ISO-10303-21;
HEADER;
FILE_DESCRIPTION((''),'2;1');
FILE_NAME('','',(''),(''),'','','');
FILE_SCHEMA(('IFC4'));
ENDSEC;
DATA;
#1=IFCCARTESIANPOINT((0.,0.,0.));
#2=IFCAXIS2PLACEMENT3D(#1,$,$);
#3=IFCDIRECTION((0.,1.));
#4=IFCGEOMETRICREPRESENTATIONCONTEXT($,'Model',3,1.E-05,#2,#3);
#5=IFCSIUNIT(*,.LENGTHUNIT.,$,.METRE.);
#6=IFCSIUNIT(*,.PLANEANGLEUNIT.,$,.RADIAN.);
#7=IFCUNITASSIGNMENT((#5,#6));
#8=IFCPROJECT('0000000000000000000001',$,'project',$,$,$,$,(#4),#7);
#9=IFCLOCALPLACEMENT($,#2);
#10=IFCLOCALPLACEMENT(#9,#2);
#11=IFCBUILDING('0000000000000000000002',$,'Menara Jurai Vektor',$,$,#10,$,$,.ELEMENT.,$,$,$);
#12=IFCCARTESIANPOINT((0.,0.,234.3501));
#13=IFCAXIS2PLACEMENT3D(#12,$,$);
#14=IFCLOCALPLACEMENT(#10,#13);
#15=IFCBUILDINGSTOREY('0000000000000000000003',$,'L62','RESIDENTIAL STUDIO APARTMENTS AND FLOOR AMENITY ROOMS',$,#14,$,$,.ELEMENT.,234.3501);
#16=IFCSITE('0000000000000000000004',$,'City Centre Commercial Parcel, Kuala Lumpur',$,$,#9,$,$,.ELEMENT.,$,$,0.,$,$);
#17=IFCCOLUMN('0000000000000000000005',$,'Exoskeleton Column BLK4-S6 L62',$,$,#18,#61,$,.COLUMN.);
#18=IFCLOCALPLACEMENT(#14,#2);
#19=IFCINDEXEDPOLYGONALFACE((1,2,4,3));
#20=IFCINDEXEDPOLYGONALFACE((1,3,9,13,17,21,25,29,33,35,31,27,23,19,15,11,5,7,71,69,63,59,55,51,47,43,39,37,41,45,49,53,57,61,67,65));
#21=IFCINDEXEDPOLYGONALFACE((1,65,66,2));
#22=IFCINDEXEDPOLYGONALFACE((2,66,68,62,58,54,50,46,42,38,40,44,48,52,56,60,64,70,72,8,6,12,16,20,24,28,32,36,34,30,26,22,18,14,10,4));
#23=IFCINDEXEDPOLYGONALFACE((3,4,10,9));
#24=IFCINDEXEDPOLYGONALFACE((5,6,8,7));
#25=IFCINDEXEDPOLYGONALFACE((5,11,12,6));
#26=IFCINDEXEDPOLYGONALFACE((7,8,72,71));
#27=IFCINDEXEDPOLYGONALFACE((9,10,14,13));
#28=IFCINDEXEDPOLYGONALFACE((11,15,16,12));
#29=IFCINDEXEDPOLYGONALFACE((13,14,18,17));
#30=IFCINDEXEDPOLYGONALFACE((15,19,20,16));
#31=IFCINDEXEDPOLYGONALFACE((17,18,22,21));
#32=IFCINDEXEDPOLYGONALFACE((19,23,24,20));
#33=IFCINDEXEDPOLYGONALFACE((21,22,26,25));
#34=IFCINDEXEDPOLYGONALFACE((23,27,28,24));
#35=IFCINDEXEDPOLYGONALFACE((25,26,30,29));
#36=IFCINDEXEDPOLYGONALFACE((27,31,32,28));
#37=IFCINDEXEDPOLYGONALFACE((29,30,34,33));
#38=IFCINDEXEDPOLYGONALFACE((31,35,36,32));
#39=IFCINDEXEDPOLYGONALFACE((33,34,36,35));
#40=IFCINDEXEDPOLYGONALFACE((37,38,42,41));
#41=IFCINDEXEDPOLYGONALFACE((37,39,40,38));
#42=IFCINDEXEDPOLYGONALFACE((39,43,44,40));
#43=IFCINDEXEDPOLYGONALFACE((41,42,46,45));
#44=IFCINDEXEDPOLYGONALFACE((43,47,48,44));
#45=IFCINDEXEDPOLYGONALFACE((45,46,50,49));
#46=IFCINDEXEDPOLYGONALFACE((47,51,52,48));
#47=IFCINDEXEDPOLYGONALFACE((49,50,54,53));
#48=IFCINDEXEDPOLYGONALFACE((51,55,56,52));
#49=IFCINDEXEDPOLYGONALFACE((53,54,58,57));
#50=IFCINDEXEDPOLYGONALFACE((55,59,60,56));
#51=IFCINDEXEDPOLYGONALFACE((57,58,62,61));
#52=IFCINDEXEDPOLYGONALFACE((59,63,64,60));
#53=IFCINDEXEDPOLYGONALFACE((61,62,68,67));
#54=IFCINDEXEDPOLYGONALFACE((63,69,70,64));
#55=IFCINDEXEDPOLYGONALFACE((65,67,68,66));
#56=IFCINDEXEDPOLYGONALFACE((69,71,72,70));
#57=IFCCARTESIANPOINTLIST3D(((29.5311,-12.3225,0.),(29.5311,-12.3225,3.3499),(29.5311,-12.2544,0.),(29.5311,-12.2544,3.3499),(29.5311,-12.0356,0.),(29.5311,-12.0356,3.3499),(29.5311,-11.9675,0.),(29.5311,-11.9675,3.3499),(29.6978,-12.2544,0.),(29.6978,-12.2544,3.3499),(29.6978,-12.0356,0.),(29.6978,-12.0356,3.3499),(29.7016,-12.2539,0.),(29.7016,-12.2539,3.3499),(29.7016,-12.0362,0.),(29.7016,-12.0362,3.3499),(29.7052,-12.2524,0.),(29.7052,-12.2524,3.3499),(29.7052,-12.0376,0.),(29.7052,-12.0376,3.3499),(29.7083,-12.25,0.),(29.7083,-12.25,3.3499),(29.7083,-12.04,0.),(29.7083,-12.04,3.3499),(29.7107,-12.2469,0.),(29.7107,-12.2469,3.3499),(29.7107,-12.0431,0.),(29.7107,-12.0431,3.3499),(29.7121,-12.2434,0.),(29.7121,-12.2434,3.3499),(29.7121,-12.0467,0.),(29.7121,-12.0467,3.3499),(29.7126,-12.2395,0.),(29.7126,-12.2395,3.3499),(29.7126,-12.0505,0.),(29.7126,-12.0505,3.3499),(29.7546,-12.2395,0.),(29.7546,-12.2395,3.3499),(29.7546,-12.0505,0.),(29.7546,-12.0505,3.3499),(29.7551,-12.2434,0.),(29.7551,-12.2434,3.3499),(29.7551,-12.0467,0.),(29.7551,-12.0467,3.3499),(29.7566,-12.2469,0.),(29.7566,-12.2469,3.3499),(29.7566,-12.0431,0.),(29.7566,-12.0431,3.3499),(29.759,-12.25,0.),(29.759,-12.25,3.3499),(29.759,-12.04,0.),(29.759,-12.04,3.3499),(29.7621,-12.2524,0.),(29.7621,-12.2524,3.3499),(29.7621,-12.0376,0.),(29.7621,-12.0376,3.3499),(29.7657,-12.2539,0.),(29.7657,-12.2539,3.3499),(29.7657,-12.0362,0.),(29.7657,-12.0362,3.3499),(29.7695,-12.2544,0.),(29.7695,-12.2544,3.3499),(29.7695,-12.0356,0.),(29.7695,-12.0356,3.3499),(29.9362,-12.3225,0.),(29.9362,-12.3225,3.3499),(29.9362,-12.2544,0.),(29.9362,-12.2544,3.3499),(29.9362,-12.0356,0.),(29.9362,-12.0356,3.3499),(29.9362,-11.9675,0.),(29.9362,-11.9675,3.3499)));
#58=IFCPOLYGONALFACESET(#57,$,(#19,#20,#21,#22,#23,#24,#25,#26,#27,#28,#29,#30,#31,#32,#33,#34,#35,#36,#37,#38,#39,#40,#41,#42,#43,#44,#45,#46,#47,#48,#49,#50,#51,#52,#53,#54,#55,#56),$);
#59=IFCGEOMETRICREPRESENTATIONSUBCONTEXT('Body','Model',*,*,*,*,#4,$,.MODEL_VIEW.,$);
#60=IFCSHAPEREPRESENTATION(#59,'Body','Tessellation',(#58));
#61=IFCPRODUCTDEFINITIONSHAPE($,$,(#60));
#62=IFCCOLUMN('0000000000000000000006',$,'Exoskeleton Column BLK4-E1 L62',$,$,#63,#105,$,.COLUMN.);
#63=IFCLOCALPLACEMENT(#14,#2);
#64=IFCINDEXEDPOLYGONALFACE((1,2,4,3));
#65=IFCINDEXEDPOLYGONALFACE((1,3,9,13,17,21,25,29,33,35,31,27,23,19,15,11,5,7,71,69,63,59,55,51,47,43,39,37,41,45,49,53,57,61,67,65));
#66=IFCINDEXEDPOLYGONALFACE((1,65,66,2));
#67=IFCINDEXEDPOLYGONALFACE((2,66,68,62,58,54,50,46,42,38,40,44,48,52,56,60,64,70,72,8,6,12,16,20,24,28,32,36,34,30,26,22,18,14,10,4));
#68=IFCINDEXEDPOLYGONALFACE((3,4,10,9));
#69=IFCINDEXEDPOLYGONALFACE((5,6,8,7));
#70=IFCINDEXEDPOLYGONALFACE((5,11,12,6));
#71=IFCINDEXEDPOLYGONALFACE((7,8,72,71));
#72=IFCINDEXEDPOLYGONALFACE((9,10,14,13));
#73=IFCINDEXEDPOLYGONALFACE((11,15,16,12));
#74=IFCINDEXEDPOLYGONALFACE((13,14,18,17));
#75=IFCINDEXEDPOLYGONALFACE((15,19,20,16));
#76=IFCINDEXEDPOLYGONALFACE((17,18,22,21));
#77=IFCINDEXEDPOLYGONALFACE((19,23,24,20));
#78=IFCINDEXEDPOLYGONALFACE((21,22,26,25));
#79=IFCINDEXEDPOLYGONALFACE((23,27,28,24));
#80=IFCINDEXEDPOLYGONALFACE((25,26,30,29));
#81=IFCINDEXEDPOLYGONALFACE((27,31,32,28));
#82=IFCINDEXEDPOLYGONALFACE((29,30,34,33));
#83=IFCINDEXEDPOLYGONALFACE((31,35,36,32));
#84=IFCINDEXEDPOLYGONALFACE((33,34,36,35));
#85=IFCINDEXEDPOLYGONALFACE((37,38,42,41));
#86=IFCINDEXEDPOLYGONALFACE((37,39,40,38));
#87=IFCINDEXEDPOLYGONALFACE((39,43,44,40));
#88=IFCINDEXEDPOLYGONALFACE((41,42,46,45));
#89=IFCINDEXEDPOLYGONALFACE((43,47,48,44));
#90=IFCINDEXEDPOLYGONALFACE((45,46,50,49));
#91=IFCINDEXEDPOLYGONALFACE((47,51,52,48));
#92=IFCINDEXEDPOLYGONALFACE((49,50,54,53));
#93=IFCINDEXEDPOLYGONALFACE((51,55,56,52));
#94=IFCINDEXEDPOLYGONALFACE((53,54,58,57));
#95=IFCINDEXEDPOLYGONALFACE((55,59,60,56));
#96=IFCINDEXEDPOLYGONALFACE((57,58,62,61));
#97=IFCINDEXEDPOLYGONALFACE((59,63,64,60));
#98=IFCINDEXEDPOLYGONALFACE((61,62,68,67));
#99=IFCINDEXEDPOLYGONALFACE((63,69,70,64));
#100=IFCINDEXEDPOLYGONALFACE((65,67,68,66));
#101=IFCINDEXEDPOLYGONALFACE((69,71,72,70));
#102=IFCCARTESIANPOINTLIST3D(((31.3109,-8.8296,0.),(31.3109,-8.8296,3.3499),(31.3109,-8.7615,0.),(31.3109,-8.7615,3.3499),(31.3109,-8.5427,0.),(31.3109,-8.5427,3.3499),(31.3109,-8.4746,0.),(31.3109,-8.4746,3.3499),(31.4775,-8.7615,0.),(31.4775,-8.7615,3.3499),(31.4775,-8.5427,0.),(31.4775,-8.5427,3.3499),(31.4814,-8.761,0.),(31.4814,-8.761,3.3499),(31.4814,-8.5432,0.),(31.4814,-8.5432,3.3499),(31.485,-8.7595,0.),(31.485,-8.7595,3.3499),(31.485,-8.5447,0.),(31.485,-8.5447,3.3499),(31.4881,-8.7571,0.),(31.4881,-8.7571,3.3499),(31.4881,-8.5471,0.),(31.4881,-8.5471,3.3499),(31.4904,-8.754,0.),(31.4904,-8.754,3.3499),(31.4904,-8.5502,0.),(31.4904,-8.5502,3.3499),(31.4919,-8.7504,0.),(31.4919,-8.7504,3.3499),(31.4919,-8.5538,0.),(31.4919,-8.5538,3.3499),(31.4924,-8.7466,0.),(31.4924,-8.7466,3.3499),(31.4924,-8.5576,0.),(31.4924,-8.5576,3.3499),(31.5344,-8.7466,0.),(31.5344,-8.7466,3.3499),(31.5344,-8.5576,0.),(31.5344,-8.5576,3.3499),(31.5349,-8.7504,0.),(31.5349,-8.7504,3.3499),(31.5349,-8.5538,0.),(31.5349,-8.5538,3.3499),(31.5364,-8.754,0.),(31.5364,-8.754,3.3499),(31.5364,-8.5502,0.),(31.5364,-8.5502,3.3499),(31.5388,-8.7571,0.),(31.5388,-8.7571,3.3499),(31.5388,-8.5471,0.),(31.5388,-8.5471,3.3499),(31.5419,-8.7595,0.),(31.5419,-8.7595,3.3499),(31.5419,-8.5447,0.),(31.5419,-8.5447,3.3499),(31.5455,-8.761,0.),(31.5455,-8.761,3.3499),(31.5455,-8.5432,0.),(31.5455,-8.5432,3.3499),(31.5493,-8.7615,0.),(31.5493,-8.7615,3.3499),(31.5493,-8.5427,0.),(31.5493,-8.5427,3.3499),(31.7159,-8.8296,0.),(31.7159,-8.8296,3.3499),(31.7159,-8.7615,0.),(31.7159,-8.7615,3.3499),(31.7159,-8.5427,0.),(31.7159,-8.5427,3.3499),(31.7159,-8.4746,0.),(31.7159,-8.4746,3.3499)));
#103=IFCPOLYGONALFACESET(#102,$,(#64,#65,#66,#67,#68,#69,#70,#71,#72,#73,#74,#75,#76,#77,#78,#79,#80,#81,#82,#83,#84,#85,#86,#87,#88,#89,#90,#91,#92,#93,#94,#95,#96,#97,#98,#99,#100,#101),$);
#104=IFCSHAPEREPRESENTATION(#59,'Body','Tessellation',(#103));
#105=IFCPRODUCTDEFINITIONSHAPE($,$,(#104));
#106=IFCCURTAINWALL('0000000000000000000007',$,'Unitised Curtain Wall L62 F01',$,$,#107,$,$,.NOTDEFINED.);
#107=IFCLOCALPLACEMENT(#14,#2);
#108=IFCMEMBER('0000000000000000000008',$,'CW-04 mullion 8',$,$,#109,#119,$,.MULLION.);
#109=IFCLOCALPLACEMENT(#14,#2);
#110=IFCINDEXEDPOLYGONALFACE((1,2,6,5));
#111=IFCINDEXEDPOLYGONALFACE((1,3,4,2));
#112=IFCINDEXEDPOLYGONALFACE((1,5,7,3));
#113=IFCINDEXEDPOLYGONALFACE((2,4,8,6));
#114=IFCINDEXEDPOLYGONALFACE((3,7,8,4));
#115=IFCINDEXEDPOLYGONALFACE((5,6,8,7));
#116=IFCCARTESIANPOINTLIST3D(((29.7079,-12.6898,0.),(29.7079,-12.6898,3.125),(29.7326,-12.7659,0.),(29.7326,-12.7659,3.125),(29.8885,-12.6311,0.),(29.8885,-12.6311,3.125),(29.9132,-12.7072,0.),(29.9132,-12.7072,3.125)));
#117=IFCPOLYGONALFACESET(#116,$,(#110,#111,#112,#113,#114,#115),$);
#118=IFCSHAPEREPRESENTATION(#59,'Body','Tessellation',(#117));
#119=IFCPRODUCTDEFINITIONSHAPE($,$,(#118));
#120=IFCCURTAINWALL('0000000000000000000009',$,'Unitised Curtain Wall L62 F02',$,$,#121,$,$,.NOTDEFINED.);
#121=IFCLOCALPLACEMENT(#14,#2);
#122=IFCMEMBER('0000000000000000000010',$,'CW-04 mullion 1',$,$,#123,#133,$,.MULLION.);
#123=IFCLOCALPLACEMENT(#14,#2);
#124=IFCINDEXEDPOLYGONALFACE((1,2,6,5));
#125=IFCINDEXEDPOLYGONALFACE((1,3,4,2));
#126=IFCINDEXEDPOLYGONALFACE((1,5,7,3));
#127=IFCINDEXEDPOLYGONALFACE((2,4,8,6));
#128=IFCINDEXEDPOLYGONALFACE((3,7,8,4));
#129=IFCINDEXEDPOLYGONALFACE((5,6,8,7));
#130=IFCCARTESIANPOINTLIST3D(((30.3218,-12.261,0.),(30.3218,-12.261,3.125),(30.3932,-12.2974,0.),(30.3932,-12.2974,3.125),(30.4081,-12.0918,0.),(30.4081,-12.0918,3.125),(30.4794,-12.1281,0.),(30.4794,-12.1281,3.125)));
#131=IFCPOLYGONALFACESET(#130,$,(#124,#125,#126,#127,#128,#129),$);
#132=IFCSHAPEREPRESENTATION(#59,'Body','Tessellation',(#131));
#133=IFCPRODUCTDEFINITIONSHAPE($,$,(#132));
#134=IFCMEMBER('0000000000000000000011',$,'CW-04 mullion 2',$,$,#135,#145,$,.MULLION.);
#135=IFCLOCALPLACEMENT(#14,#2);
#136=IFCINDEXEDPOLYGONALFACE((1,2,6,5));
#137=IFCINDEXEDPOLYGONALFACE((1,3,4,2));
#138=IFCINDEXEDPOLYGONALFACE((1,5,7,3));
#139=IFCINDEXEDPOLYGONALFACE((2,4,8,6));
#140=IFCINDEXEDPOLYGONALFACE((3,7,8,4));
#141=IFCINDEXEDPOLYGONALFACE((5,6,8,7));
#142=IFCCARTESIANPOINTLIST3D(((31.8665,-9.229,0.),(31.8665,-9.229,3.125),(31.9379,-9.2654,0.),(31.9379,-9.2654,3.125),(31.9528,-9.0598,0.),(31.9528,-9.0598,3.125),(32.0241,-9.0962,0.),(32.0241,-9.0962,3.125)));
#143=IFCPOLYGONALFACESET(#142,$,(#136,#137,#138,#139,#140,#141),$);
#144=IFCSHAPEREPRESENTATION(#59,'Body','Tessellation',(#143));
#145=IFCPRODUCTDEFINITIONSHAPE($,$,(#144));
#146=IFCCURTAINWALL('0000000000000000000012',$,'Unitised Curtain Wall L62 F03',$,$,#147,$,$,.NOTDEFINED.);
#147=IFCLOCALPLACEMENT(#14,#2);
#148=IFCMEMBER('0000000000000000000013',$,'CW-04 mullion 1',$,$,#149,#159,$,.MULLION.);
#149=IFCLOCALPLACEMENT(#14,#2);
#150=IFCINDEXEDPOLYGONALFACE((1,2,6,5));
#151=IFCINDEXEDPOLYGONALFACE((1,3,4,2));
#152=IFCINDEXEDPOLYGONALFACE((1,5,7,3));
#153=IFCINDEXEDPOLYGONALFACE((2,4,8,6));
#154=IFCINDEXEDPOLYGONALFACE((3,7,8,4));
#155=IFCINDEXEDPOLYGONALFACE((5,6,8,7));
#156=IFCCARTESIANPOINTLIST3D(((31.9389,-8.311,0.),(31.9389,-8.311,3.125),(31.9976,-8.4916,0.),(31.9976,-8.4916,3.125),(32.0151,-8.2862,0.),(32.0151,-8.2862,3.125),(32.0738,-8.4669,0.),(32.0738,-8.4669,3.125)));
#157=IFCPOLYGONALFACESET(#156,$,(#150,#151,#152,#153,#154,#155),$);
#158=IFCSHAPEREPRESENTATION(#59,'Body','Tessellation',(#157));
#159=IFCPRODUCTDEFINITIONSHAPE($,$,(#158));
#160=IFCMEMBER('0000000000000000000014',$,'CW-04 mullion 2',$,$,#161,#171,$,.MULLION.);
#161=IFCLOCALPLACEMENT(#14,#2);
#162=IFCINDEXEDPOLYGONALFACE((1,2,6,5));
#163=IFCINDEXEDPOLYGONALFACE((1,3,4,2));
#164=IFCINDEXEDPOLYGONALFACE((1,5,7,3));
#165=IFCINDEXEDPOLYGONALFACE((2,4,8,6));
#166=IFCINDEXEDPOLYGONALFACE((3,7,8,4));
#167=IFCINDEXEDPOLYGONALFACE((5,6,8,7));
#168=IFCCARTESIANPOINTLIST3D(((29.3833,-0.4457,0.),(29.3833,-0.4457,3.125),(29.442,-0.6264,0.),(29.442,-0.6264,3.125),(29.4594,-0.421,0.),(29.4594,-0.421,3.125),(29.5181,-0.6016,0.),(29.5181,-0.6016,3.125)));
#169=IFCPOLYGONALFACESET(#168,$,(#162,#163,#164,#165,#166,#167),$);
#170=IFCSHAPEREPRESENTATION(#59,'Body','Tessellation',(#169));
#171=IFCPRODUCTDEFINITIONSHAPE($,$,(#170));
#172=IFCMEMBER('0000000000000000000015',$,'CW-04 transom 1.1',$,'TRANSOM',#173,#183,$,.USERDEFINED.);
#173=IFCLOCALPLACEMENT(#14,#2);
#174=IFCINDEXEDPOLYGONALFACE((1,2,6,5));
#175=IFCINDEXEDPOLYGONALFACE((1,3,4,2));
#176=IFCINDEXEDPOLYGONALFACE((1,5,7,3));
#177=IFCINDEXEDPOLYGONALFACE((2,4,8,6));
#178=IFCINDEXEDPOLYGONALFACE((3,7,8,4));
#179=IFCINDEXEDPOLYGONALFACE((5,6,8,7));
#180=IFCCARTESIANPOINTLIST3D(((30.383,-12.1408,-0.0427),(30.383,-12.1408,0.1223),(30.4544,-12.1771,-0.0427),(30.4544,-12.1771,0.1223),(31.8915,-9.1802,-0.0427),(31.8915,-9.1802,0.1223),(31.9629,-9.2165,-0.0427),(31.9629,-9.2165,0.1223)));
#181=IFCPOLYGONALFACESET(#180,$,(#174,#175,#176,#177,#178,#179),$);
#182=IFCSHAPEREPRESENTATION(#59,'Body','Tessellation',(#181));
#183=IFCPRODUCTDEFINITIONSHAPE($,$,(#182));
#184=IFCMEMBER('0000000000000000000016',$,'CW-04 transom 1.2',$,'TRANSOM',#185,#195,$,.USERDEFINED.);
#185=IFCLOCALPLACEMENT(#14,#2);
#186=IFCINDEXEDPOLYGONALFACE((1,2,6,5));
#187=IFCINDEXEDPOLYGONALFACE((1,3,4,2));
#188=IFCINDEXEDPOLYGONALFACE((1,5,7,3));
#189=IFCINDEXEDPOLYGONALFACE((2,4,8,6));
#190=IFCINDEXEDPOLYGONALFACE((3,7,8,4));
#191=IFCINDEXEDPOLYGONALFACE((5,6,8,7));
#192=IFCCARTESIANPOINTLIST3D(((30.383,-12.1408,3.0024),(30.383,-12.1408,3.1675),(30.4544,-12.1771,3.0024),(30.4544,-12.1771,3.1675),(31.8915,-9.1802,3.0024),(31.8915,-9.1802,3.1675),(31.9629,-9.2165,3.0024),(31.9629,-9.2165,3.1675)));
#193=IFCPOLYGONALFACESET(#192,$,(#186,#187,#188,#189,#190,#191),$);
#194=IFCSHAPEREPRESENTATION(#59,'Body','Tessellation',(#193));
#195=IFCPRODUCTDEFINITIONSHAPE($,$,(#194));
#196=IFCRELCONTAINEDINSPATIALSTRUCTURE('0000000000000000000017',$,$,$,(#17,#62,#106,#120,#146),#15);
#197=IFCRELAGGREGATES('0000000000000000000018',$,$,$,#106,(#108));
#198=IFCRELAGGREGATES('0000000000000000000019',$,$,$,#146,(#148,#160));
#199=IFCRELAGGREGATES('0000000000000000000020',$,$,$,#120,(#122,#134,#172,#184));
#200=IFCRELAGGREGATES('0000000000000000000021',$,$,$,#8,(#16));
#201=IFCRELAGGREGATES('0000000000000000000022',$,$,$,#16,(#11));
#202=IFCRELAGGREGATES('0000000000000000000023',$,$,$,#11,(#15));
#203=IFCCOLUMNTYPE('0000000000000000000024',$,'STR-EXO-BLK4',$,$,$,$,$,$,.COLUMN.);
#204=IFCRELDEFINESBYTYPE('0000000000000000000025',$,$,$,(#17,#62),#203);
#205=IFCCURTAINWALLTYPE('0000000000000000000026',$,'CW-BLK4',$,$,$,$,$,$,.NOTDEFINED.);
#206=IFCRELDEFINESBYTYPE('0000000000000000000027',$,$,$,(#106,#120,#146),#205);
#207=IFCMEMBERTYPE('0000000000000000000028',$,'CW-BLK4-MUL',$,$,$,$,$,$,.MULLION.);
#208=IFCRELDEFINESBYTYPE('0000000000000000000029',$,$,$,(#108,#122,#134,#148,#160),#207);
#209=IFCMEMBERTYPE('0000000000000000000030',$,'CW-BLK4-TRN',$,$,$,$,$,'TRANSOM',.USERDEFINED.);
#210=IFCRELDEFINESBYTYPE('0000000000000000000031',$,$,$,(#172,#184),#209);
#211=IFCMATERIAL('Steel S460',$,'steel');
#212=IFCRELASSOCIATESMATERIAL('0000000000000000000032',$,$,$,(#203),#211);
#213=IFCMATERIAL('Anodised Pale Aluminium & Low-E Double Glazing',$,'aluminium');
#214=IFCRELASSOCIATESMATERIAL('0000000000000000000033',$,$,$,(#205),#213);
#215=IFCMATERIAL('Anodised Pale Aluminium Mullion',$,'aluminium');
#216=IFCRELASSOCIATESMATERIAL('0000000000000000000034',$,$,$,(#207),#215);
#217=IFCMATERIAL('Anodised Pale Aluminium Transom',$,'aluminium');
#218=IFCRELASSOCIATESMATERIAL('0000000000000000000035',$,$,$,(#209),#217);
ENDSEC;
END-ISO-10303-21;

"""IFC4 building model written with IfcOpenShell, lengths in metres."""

from ifc_helpers import new_model, si_unit, direction, frame, origin, origin_2d, place, context, subcontext, project, spatial, rectangle, i_section, extrude, material, material_profile, profile_set, type_object, element, aggregate, save


model = new_model("IFC4")

# Units and contexts
model_context = context("Model", 3, precision=1e-05, world=origin(), true_north=direction((0.0, 1.0)))
body_context = subcontext(model_context, "Body", "Model", "MODEL_VIEW")
ifc_project = project(units=[si_unit("LENGTHUNIT", "METRE"), si_unit("PLANEANGLEUNIT", "RADIAN")], contexts=[model_context])

# Site, building, storey
site_placement = place(None, origin())
site = spatial("IfcSite", under=ifc_project, at=site_placement, Name="City Centre Commercial Parcel, Kuala Lumpur", CompositionType="ELEMENT", RefElevation=0.0)
building_placement = place(site_placement, origin())
building = spatial("IfcBuilding", under=site, at=building_placement, Name="Menara Jurai Vektor", CompositionType="ELEMENT")
storey_placement = place(building_placement, frame((0.0, 0.0, 234.3501)))
storey = spatial("IfcBuildingStorey", under=building, at=storey_placement, Name="L62", Description="RESIDENTIAL STUDIO APARTMENTS AND FLOOR AMENITY ROOMS", CompositionType="ELEMENT", Elevation=234.3501)

# Columns
ifc_material_1 = material(Name="Steel S460", Category="steel")
ifc_material_profile_1 = material_profile(ifc_material_1, i_section(OverallWidth=0.405, OverallDepth=0.355, WebThickness=0.042, FlangeThickness=0.0681, FilletRadius=0.0149, at=origin_2d()), Name="HD 400x551")
ifc_profile_set_1 = profile_set([ifc_material_profile_1], Name="Steel S460")
column_type = type_object("IfcColumnType", Name="STR-EXO-BLK4", PredefinedType="COLUMN", material=ifc_profile_set_1)
for number, where, z_axis, x_axis, name in (
    (1, (29.7336, -12.145, 0.0), (0.0, 0.0, 1.0), (1.0, 0.0, 0.0), "Exoskeleton Column BLK4-S6 L62"),
    (2, (31.5134, -8.6521, 0.0), (0.0, 0.0, 1.0), (1.0, 0.0, 0.0), "Exoskeleton Column BLK4-E1 L62"),
):
    element("IfcColumn", number, at=place(storey_placement, frame(where, z_axis=z_axis, x_axis=x_axis)), inside=storey, type_object=column_type, Name=name, PredefinedType="COLUMN", context=body_context, shape_type="SweptSolid", body=[
        extrude(i_section(OverallWidth=0.405, OverallDepth=0.355, WebThickness=0.042, FlangeThickness=0.0681, FilletRadius=0.0149, at=origin_2d()), origin(), (0.0, 0.0, 1.0), 3.3499),
    ])

# Curtain wall, member
ifc_material_2 = material(Name="Anodised Pale Aluminium & Low-E Double Glazing", Category="aluminium")
curtain_wall_type = type_object("IfcCurtainWallType", Name="CW-BLK4", PredefinedType="NOTDEFINED", material=ifc_material_2)
curtain_wall_1_placement = place(storey_placement, origin())
curtain_wall_1 = element("IfcCurtainWall", 3, at=curtain_wall_1_placement, inside=storey, type_object=curtain_wall_type, Name="Unitised Curtain Wall L62 F01", PredefinedType="NOTDEFINED")
ifc_material_3 = material(Name="Anodised Pale Aluminium Mullion", Category="aluminium")
ifc_material_profile_2 = material_profile(ifc_material_3, rectangle(XDim=0.0801, YDim=0.1899, at=origin_2d()), Name="ALU MUL 80x190")
ifc_profile_set_2 = profile_set([ifc_material_profile_2], Name="Anodised Pale Aluminium Mullion")
member_type_1 = type_object("IfcMemberType", Name="CW-BLK4-MUL", PredefinedType="MULLION", material=ifc_profile_set_2)
member_1_placement = place(storey_placement, frame((29.8105, -12.6985, 0.0), z_axis=(0.0, 0.0, 1.0), x_axis=(-0.309017, 0.951056, 0.0)))
member_1 = element("IfcMember", 4, at=member_1_placement, type_object=member_type_1, Name="CW-04 mullion 8", PredefinedType="MULLION", context=body_context, shape_type="SweptSolid", body=[
    extrude(rectangle(XDim=0.0801, YDim=0.1899, at=origin_2d()), origin(), (0.0, 0.0, 1.0), 3.125),
])
aggregate(curtain_wall_1, [member_1])

# Curtain walls, members
curtain_wall_2_placement = place(storey_placement, origin())
curtain_wall_2 = element("IfcCurtainWall", 5, at=curtain_wall_2_placement, inside=storey, type_object=curtain_wall_type, Name="Unitised Curtain Wall L62 F02", PredefinedType="NOTDEFINED")
member_2_placement = place(storey_placement, frame((30.4006, -12.1946, 0.0), z_axis=(0.0, 0.0, 1.0), x_axis=(-0.891008, 0.453989, 0.0)))
member_2 = element("IfcMember", 6, at=member_2_placement, type_object=member_type_1, Name="CW-04 mullion 1", PredefinedType="MULLION", context=body_context, shape_type="SweptSolid", body=[
    extrude(rectangle(XDim=0.0801, YDim=0.1899, at=origin_2d()), origin(), (0.0, 0.0, 1.0), 3.125),
])
member_3_placement = place(storey_placement, frame((31.9453, -9.1626, 0.0), z_axis=(0.0, 0.0, 1.0), x_axis=(-0.891008, 0.453989, 0.0)))
member_3 = element("IfcMember", 7, at=member_3_placement, type_object=member_type_1, Name="CW-04 mullion 2", PredefinedType="MULLION", context=body_context, shape_type="SweptSolid", body=[
    extrude(rectangle(XDim=0.0801, YDim=0.1899, at=origin_2d()), origin(), (0.0, 0.0, 1.0), 3.125),
])
curtain_wall_3_placement = place(storey_placement, origin())
curtain_wall_3 = element("IfcCurtainWall", 8, at=curtain_wall_3_placement, inside=storey, type_object=curtain_wall_type, Name="Unitised Curtain Wall L62 F03", PredefinedType="NOTDEFINED")
member_4_placement = place(storey_placement, frame((32.0063, -8.3889, 0.0), z_axis=(0.0, 0.0, 1.0), x_axis=(-0.951057, -0.309016, 0.0)))
member_4 = element("IfcMember", 9, at=member_4_placement, type_object=member_type_1, Name="CW-04 mullion 1", PredefinedType="MULLION", context=body_context, shape_type="SweptSolid", body=[
    extrude(rectangle(XDim=0.0801, YDim=0.1899, at=origin_2d()), origin(), (0.0, 0.0, 1.0), 3.125),
])
member_5_placement = place(storey_placement, frame((29.4507, -0.5237, 0.0), z_axis=(0.0, 0.0, 1.0), x_axis=(-0.951057, -0.309016, 0.0)))
member_5 = element("IfcMember", 10, at=member_5_placement, type_object=member_type_1, Name="CW-04 mullion 2", PredefinedType="MULLION", context=body_context, shape_type="SweptSolid", body=[
    extrude(rectangle(XDim=0.0801, YDim=0.1899, at=origin_2d()), origin(), (0.0, 0.0, 1.0), 3.125),
])

# Members
ifc_material_4 = material(Name="Anodised Pale Aluminium Transom", Category="aluminium")
ifc_material_profile_3 = material_profile(ifc_material_4, rectangle(XDim=0.0801, YDim=0.165, at=origin_2d()), Name="ALU TRN 80x165")
ifc_profile_set_3 = profile_set([ifc_material_profile_3], Name="Anodised Pale Aluminium Transom")
member_type_2 = type_object("IfcMemberType", Name="CW-BLK4-TRN", ElementType="TRANSOM", PredefinedType="USERDEFINED", material=ifc_profile_set_3)
member_6_placement = place(storey_placement, frame((30.4187, -12.1589, 0.0398), z_axis=(0.45399, 0.891007, 0.0), x_axis=(-0.891007, 0.45399, 0.0)))
member_6 = element("IfcMember", 11, at=member_6_placement, type_object=member_type_2, Name="CW-04 transom 1.1", ObjectType="TRANSOM", PredefinedType="USERDEFINED", context=body_context, shape_type="SweptSolid", body=[
    extrude(rectangle(XDim=0.0801, YDim=0.165, at=origin_2d()), origin(), (0.0, 0.0, 1.0), 3.3228),
])
member_7_placement = place(storey_placement, frame((30.4187, -12.1589, 3.085), z_axis=(0.45399, 0.891007, 0.0), x_axis=(-0.891007, 0.45399, 0.0)))
member_7 = element("IfcMember", 12, at=member_7_placement, type_object=member_type_2, Name="CW-04 transom 1.2", ObjectType="TRANSOM", PredefinedType="USERDEFINED", context=body_context, shape_type="SweptSolid", body=[
    extrude(rectangle(XDim=0.0801, YDim=0.165, at=origin_2d()), origin(), (0.0, 0.0, 1.0), 3.3228),
])

aggregate(curtain_wall_3, [member_4, member_5])
aggregate(curtain_wall_2, [member_2, member_3, member_6, member_7])

save(model, "model.ifc")
